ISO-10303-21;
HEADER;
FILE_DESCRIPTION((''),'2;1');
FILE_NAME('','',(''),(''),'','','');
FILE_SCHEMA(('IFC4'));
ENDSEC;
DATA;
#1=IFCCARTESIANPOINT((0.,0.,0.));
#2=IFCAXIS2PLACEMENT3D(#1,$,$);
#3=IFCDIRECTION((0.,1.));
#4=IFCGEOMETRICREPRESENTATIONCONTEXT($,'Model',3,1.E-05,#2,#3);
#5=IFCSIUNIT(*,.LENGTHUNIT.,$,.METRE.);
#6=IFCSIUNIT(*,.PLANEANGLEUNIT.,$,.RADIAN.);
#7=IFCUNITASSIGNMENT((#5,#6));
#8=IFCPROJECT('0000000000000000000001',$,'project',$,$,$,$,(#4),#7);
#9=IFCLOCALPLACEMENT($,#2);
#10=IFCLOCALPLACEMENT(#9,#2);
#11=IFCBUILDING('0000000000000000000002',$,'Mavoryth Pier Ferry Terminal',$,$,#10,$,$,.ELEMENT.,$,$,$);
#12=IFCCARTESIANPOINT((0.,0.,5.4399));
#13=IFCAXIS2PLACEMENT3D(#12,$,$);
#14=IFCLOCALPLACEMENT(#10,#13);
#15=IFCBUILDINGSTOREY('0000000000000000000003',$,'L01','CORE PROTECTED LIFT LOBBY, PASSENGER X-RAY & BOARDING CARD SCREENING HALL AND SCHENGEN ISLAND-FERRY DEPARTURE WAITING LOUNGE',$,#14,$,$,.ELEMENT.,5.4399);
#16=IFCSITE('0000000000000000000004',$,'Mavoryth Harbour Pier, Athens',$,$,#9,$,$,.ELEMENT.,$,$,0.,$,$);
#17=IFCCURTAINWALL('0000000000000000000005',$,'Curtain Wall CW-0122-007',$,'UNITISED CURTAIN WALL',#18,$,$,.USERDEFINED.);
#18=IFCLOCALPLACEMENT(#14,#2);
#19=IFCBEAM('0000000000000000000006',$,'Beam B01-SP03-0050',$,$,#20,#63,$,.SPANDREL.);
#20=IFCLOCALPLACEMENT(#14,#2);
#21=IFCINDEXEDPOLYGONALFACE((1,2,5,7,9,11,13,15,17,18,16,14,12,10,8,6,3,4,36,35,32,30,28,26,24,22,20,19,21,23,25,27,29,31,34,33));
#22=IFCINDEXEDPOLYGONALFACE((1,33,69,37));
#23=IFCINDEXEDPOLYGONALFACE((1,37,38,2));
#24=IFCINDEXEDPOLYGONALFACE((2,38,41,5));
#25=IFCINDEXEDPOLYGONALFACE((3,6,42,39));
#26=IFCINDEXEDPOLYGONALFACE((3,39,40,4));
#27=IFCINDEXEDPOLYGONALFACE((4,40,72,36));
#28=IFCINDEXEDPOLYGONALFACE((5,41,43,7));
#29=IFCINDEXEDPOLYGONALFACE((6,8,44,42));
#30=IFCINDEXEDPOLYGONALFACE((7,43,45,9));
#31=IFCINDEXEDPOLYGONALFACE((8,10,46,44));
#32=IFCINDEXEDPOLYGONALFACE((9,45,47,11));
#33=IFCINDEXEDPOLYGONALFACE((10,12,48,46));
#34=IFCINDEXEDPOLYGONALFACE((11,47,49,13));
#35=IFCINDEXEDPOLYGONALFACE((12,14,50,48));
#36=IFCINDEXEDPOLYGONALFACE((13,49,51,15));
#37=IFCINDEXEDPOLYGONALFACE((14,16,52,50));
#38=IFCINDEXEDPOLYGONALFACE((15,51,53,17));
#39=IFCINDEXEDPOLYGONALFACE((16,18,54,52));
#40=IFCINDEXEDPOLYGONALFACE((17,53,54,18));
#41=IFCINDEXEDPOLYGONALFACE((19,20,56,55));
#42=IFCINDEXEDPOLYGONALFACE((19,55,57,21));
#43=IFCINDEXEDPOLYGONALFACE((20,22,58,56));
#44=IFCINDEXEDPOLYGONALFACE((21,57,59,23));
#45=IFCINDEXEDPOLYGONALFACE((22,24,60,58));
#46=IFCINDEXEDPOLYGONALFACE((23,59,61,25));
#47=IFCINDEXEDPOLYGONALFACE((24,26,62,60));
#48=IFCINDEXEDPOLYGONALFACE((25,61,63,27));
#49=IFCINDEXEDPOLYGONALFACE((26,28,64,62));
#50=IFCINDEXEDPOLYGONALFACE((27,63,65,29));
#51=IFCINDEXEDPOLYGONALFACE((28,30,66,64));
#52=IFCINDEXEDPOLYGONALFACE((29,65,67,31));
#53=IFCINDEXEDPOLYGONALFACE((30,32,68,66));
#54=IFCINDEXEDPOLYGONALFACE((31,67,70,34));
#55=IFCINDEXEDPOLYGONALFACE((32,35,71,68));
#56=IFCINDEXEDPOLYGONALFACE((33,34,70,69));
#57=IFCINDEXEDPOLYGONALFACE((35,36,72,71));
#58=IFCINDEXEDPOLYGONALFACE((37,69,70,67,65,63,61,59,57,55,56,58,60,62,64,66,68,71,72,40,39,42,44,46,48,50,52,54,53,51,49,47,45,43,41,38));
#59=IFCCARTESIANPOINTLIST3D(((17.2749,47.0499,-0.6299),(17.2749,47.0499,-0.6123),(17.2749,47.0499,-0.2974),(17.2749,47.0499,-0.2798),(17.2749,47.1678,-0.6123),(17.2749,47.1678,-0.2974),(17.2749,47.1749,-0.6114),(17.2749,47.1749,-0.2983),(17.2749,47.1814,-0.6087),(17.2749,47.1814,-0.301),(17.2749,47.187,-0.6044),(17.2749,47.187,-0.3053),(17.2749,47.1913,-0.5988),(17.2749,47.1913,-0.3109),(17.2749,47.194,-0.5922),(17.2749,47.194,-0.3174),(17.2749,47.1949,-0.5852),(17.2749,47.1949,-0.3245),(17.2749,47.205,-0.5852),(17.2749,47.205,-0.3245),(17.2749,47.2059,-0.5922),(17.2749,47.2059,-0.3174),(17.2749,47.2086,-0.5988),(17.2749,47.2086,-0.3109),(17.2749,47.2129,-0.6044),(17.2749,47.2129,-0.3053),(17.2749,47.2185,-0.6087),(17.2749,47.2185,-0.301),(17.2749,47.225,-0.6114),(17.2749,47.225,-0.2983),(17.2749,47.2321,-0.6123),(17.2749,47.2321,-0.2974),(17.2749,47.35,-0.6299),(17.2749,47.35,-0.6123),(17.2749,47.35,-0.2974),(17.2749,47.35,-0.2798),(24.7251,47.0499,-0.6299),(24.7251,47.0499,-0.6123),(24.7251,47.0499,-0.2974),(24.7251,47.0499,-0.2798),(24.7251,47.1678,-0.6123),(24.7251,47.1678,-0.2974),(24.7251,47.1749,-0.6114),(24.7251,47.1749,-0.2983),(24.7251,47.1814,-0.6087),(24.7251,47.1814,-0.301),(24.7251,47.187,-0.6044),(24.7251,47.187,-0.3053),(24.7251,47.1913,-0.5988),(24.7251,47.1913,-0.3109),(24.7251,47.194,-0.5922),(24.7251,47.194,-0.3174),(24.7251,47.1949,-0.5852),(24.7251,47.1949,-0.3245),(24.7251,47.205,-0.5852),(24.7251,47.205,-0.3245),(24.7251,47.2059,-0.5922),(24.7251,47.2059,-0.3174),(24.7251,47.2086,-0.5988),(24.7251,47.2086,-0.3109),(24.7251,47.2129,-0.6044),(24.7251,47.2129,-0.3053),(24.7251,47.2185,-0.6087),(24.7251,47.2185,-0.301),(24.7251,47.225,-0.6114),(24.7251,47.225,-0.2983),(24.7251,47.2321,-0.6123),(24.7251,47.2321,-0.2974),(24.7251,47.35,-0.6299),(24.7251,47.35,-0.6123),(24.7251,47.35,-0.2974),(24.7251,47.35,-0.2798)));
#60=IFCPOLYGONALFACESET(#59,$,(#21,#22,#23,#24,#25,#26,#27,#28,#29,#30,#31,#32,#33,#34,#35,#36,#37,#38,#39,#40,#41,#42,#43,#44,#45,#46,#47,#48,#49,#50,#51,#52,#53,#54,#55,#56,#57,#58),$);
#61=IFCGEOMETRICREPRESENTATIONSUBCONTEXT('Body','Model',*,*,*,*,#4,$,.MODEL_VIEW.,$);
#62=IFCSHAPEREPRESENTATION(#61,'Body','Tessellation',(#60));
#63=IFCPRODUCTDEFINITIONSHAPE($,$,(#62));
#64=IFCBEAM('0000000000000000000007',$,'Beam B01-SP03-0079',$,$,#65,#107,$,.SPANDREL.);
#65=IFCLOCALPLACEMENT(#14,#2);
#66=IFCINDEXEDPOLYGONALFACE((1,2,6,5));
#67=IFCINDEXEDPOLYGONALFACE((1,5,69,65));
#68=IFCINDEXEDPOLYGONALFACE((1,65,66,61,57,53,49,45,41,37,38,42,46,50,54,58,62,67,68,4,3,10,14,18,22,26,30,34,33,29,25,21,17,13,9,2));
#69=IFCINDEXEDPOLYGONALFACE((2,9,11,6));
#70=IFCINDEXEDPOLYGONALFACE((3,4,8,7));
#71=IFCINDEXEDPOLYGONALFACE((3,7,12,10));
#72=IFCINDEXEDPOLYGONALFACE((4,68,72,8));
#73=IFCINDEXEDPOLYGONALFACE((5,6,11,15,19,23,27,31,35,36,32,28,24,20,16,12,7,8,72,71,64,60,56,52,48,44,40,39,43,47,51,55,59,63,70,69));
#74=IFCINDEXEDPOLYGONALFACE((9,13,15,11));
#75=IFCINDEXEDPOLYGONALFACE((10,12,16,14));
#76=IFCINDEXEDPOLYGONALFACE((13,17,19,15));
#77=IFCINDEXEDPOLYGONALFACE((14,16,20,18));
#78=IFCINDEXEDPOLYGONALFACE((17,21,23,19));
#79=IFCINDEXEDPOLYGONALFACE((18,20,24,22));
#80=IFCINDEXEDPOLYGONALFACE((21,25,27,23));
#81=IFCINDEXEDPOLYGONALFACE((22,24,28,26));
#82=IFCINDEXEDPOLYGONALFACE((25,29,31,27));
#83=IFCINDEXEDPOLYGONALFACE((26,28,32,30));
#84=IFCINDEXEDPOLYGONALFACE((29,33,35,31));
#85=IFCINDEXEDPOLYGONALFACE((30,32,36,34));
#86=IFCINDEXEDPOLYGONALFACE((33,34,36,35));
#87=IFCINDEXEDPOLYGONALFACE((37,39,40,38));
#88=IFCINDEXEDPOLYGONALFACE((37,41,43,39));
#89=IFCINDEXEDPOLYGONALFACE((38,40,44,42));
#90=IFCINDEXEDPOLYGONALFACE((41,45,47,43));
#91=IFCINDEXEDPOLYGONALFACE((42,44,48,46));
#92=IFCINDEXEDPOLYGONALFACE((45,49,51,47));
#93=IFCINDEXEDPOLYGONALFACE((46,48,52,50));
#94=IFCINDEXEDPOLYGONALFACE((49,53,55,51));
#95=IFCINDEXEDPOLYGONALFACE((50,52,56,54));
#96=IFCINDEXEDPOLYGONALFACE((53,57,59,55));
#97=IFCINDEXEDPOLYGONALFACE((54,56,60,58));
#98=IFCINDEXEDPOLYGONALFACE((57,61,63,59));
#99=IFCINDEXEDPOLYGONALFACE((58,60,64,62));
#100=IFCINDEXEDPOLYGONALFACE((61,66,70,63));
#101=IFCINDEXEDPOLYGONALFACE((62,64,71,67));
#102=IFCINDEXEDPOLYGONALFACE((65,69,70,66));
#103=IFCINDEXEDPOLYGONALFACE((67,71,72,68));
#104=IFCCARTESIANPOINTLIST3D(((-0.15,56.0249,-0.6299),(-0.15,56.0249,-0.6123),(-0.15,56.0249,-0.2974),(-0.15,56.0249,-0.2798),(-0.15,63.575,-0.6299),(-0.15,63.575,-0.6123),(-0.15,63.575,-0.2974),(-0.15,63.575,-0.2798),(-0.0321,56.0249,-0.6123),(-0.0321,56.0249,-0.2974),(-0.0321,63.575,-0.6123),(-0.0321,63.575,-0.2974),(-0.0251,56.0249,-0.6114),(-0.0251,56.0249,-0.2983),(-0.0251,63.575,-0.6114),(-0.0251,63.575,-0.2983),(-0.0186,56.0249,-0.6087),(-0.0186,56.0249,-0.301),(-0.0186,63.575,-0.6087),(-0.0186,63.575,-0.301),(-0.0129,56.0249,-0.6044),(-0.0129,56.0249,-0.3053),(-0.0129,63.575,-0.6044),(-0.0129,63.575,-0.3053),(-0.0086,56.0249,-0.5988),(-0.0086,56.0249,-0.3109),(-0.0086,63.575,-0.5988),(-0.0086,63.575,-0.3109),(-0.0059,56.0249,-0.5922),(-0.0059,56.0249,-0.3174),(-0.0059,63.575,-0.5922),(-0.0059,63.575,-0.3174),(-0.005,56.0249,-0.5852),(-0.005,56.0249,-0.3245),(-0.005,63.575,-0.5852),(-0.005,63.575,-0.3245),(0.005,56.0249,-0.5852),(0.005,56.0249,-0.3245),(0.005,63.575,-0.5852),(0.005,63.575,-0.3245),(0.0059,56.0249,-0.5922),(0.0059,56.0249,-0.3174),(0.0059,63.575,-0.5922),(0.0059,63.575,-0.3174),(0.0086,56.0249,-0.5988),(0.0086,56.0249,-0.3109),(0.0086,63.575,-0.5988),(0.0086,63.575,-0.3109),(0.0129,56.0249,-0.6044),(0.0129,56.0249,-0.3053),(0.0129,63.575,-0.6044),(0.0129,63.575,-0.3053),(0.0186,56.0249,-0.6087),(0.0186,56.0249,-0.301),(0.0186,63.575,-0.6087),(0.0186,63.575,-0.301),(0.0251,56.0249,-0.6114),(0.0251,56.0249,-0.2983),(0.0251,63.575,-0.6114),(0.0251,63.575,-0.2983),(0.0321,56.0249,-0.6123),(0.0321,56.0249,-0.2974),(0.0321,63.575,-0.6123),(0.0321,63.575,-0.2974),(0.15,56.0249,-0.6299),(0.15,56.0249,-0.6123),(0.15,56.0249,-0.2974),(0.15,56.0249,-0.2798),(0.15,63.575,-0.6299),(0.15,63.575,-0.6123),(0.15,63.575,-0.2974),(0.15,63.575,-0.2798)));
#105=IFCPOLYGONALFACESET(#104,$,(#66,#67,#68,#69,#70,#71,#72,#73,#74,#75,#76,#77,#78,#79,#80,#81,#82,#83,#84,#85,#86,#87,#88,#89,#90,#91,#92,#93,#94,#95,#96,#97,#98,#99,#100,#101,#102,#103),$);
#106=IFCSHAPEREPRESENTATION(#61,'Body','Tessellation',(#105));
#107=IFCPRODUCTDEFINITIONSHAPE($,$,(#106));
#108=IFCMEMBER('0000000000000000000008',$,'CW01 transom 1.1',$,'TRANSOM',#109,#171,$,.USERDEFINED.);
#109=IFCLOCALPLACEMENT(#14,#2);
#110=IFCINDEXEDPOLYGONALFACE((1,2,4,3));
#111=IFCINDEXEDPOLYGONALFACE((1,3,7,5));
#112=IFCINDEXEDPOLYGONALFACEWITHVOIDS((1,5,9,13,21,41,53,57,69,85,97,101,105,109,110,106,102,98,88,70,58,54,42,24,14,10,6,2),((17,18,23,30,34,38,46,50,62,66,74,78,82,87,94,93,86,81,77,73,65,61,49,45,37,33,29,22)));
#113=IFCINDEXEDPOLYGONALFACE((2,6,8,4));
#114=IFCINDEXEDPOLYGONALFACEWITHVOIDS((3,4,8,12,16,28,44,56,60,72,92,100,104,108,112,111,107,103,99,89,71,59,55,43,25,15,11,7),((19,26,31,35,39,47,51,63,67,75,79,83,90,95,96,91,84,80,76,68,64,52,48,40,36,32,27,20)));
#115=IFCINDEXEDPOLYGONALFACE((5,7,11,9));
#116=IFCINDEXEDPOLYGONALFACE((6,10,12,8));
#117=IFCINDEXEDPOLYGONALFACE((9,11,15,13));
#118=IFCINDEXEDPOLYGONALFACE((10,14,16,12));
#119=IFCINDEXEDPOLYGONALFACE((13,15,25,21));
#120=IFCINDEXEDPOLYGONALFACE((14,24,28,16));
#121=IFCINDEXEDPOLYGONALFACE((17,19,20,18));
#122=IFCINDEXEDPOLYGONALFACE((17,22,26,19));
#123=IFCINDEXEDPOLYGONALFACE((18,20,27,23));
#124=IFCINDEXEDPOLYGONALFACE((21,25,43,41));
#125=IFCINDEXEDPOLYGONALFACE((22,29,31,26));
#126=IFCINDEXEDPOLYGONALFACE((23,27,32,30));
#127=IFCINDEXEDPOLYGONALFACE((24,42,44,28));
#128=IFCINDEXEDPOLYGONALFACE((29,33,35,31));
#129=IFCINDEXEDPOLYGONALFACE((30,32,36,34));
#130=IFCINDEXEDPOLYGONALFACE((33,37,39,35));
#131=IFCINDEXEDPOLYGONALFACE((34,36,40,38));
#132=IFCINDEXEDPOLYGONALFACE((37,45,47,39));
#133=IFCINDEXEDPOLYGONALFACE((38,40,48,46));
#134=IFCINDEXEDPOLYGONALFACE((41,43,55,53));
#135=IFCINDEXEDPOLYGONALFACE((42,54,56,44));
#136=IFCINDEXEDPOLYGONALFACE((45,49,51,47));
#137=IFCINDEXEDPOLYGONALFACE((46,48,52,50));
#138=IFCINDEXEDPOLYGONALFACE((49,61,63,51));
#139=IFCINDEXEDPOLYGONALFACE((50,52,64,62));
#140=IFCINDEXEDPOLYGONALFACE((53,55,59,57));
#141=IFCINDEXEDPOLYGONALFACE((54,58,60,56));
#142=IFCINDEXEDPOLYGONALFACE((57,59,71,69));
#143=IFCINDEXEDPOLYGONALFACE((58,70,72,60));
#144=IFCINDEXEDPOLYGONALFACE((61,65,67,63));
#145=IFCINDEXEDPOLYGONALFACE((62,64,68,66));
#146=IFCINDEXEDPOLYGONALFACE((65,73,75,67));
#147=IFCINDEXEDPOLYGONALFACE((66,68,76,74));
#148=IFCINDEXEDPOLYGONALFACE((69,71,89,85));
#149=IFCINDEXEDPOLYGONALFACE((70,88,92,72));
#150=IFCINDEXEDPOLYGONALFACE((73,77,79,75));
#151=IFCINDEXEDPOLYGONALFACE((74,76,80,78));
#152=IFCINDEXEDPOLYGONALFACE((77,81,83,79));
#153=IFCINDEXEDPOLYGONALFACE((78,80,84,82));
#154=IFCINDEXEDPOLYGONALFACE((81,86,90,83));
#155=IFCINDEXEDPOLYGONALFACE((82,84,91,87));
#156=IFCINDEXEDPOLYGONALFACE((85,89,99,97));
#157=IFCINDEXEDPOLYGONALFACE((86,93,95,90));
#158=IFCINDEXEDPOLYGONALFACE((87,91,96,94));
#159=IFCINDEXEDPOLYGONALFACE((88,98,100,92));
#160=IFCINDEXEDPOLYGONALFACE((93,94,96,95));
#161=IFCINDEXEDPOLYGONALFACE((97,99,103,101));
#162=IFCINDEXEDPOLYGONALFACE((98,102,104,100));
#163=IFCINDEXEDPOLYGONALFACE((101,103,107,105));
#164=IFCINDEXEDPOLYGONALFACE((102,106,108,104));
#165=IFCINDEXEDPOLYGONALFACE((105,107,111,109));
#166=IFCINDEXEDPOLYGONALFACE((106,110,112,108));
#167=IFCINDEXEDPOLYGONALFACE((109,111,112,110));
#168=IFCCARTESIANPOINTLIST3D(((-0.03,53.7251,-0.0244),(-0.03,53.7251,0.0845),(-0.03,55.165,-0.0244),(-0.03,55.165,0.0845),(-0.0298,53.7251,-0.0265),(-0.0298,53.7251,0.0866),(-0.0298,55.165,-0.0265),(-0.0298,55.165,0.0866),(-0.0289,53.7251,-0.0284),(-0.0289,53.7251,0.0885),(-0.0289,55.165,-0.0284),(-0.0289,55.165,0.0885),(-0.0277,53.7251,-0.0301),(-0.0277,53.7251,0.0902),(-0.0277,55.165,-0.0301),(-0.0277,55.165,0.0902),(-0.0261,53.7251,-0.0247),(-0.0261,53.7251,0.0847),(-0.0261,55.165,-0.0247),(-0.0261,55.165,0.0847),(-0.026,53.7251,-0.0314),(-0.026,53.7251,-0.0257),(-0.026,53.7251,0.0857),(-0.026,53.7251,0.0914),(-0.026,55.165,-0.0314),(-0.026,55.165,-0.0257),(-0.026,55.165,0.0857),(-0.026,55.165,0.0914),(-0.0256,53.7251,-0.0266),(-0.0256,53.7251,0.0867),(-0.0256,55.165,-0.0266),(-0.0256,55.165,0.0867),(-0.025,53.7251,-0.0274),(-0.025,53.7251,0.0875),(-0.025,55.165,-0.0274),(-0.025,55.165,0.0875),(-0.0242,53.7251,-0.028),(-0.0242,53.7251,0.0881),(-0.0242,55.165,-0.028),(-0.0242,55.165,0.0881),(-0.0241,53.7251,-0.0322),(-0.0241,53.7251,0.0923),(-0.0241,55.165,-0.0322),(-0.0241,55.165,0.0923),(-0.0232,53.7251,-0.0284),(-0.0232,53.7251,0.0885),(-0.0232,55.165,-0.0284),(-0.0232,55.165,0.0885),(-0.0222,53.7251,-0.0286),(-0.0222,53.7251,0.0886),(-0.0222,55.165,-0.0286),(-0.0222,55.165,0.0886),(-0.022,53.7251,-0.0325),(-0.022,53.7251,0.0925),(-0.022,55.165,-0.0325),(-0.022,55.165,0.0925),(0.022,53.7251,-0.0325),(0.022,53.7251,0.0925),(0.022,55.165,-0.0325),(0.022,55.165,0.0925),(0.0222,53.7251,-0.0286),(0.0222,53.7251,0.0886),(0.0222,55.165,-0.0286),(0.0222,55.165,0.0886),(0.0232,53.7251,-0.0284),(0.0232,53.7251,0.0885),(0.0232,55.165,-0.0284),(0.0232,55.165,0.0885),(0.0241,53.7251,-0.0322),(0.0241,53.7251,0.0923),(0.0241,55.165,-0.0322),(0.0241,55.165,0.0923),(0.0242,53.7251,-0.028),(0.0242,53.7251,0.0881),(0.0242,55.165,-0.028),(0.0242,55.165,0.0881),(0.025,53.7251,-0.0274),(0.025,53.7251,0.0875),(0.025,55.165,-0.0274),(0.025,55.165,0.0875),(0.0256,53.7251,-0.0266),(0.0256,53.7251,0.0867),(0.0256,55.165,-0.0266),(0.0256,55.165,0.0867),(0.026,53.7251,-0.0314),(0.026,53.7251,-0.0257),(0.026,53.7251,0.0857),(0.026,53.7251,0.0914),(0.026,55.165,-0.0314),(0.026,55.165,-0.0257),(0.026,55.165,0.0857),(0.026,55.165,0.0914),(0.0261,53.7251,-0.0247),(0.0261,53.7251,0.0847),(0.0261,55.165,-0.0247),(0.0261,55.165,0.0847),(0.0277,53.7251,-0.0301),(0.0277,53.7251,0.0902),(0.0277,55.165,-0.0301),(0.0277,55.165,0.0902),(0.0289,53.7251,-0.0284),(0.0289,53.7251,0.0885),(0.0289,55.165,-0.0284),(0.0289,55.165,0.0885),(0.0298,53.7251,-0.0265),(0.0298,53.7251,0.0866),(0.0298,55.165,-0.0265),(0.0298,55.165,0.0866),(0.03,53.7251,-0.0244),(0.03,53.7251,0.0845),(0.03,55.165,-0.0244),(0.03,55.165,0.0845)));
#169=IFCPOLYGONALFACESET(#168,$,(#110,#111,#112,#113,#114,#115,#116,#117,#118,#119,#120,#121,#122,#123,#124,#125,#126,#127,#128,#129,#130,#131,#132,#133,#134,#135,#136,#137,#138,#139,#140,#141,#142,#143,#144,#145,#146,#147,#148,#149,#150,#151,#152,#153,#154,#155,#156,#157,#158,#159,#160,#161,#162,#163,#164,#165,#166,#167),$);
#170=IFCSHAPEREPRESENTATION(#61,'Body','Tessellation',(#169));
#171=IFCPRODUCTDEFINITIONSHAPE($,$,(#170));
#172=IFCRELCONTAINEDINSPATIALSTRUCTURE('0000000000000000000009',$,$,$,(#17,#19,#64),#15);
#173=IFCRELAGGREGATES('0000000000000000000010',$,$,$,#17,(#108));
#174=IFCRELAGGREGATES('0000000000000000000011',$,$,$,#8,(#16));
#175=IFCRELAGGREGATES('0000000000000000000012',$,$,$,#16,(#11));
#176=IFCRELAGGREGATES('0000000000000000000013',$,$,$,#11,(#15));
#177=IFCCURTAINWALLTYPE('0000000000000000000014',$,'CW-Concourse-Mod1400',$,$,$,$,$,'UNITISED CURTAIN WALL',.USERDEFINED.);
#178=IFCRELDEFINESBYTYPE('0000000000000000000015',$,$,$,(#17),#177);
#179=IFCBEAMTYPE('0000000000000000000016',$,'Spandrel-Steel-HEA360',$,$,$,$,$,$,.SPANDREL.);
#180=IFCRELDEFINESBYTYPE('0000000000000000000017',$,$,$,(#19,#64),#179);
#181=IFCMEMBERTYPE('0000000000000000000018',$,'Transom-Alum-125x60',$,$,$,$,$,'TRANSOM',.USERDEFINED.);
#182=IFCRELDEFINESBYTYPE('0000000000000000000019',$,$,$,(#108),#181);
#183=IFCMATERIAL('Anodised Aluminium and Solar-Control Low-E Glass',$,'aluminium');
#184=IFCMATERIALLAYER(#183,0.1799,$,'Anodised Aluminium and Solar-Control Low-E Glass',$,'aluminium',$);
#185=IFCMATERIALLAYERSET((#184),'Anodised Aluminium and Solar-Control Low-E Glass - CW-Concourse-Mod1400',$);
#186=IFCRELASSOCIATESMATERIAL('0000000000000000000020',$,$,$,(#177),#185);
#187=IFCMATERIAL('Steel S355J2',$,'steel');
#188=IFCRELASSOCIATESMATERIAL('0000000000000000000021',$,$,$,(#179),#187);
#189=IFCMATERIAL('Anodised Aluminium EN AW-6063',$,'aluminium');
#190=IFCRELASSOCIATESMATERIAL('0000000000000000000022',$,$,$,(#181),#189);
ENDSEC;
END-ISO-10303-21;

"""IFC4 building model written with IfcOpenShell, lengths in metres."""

from ifc_helpers import new_model, si_unit, direction, frame, origin, origin_2d, place, context, subcontext, project, spatial, hollow_rectangle, i_section, extrude, material, layer, layer_set, material_profile, profile_set, type_object, element, aggregate, save


model = new_model("IFC4")

# Units and contexts
model_context = context("Model", 3, precision=1e-05, world=origin(), true_north=direction((0.0, 1.0)))
body_context = subcontext(model_context, "Body", "Model", "MODEL_VIEW")
ifc_project = project(units=[si_unit("LENGTHUNIT", "METRE"), si_unit("PLANEANGLEUNIT", "RADIAN")], contexts=[model_context])

# Site, building, storey
site_placement = place(None, origin())
site = spatial("IfcSite", under=ifc_project, at=site_placement, Name="Mavoryth Harbour Pier, Athens", CompositionType="ELEMENT", RefElevation=0.0)
building_placement = place(site_placement, origin())
building = spatial("IfcBuilding", under=site, at=building_placement, Name="Mavoryth Pier Ferry Terminal", CompositionType="ELEMENT")
storey_placement = place(building_placement, frame((0.0, 0.0, 5.4399)))
storey = spatial("IfcBuildingStorey", under=building, at=storey_placement, Name="L01", Description="CORE PROTECTED LIFT LOBBY, PASSENGER X-RAY & BOARDING CARD SCREENING HALL AND SCHENGEN ISLAND-FERRY DEPARTURE WAITING LOUNGE", CompositionType="ELEMENT", Elevation=5.4399)

# Shared definitions
ifc_material_1 = material(Name="Steel S355J2", Category="steel")

# Curtain wall
ifc_material_2 = material(Name="Anodised Aluminium and Solar-Control Low-E Glass", Category="aluminium")
ifc_layer_1 = layer(ifc_material_2, 0.1799, Name="Anodised Aluminium and Solar-Control Low-E Glass", Category="aluminium")
ifc_layer_set_1 = layer_set([ifc_layer_1], Name="Anodised Aluminium and Solar-Control Low-E Glass - CW-Concourse-Mod1400")
curtain_wall_type = type_object("IfcCurtainWallType", Name="CW-Concourse-Mod1400", ElementType="UNITISED CURTAIN WALL", PredefinedType="USERDEFINED", material=ifc_layer_set_1)
curtain_wall_1_placement = place(storey_placement, origin())
curtain_wall_1 = element("IfcCurtainWall", 1, at=curtain_wall_1_placement, inside=storey, type_object=curtain_wall_type, Name="Curtain Wall CW-0122-007", ObjectType="UNITISED CURTAIN WALL", PredefinedType="USERDEFINED")
ifc_material_3 = material(Name="Anodised Aluminium EN AW-6063", Category="aluminium")

# Beams
ifc_material_profile_1 = material_profile(ifc_material_1, i_section(OverallWidth=0.3, OverallDepth=0.3501, WebThickness=0.01, FlangeThickness=0.0176, FilletRadius=0.0271, at=origin_2d()), Name="HEA 360", Category="steel")
ifc_profile_set_1 = profile_set([ifc_material_profile_1], Name="Steel S355J2 - HEA 360")
beam_type_1 = type_object("IfcBeamType", Name="Spandrel-Steel-HEA360", PredefinedType="SPANDREL", material=ifc_profile_set_1)
beam_1_placement = place(storey_placement, frame((17.2749, 47.2, -0.4548), z_axis=(1.0, 0.0, 0.0), x_axis=(0.0, 1.0, 0.0)))
element("IfcBeam", 2, at=beam_1_placement, inside=storey, type_object=beam_type_1, Name="Beam B01-SP03-0050", PredefinedType="SPANDREL", context=body_context, shape_type="SweptSolid", body=[
    extrude(i_section(OverallWidth=0.3, OverallDepth=0.3501, WebThickness=0.01, FlangeThickness=0.0176, FilletRadius=0.0271, at=origin_2d()), origin(), (0.0, 0.0, 1.0), 7.4502),
])
beam_2_placement = place(storey_placement, frame((0.0, 56.0249, -0.4548), z_axis=(0.0, 1.0, 0.0), x_axis=(-1.0, 0.0, 0.0)))
element("IfcBeam", 3, at=beam_2_placement, inside=storey, type_object=beam_type_1, Name="Beam B01-SP03-0079", PredefinedType="SPANDREL", context=body_context, shape_type="SweptSolid", body=[
    extrude(i_section(OverallWidth=0.3, OverallDepth=0.3501, WebThickness=0.01, FlangeThickness=0.0176, FilletRadius=0.0271, at=origin_2d()), origin(), (0.0, 0.0, 1.0), 7.55),
])

# Member
ifc_material_profile_2 = material_profile(ifc_material_3, hollow_rectangle(XDim=0.0601, YDim=0.125, WallThickness=0.0039, InnerFilletRadius=0.0039, OuterFilletRadius=0.0081, at=origin_2d()), Name="AL-TRAN 125x60x4", Category="aluminium")
ifc_profile_set_2 = profile_set([ifc_material_profile_2], Name="Anodised Aluminium EN AW-6063 - AL-TRAN 125x60x4")
member_type_1 = type_object("IfcMemberType", Name="Transom-Alum-125x60", ElementType="TRANSOM", PredefinedType="USERDEFINED", material=ifc_profile_set_2)
member_1_placement = place(storey_placement, frame((0.0, 55.165, 0.03), z_axis=(0.0, -1.0, 0.0), x_axis=(1.0, 0.0, 0.0)))
member_1 = element("IfcMember", 4, at=member_1_placement, type_object=member_type_1, Name="CW01 transom 1.1", ObjectType="TRANSOM", PredefinedType="USERDEFINED", context=body_context, shape_type="SweptSolid", body=[
    extrude(hollow_rectangle(XDim=0.0601, YDim=0.125, WallThickness=0.0039, InnerFilletRadius=0.0039, OuterFilletRadius=0.0081, at=origin_2d()), origin(), (0.0, 0.0, 1.0), 1.4399),
])

aggregate(curtain_wall_1, [member_1])

save(model, "model.ifc")
